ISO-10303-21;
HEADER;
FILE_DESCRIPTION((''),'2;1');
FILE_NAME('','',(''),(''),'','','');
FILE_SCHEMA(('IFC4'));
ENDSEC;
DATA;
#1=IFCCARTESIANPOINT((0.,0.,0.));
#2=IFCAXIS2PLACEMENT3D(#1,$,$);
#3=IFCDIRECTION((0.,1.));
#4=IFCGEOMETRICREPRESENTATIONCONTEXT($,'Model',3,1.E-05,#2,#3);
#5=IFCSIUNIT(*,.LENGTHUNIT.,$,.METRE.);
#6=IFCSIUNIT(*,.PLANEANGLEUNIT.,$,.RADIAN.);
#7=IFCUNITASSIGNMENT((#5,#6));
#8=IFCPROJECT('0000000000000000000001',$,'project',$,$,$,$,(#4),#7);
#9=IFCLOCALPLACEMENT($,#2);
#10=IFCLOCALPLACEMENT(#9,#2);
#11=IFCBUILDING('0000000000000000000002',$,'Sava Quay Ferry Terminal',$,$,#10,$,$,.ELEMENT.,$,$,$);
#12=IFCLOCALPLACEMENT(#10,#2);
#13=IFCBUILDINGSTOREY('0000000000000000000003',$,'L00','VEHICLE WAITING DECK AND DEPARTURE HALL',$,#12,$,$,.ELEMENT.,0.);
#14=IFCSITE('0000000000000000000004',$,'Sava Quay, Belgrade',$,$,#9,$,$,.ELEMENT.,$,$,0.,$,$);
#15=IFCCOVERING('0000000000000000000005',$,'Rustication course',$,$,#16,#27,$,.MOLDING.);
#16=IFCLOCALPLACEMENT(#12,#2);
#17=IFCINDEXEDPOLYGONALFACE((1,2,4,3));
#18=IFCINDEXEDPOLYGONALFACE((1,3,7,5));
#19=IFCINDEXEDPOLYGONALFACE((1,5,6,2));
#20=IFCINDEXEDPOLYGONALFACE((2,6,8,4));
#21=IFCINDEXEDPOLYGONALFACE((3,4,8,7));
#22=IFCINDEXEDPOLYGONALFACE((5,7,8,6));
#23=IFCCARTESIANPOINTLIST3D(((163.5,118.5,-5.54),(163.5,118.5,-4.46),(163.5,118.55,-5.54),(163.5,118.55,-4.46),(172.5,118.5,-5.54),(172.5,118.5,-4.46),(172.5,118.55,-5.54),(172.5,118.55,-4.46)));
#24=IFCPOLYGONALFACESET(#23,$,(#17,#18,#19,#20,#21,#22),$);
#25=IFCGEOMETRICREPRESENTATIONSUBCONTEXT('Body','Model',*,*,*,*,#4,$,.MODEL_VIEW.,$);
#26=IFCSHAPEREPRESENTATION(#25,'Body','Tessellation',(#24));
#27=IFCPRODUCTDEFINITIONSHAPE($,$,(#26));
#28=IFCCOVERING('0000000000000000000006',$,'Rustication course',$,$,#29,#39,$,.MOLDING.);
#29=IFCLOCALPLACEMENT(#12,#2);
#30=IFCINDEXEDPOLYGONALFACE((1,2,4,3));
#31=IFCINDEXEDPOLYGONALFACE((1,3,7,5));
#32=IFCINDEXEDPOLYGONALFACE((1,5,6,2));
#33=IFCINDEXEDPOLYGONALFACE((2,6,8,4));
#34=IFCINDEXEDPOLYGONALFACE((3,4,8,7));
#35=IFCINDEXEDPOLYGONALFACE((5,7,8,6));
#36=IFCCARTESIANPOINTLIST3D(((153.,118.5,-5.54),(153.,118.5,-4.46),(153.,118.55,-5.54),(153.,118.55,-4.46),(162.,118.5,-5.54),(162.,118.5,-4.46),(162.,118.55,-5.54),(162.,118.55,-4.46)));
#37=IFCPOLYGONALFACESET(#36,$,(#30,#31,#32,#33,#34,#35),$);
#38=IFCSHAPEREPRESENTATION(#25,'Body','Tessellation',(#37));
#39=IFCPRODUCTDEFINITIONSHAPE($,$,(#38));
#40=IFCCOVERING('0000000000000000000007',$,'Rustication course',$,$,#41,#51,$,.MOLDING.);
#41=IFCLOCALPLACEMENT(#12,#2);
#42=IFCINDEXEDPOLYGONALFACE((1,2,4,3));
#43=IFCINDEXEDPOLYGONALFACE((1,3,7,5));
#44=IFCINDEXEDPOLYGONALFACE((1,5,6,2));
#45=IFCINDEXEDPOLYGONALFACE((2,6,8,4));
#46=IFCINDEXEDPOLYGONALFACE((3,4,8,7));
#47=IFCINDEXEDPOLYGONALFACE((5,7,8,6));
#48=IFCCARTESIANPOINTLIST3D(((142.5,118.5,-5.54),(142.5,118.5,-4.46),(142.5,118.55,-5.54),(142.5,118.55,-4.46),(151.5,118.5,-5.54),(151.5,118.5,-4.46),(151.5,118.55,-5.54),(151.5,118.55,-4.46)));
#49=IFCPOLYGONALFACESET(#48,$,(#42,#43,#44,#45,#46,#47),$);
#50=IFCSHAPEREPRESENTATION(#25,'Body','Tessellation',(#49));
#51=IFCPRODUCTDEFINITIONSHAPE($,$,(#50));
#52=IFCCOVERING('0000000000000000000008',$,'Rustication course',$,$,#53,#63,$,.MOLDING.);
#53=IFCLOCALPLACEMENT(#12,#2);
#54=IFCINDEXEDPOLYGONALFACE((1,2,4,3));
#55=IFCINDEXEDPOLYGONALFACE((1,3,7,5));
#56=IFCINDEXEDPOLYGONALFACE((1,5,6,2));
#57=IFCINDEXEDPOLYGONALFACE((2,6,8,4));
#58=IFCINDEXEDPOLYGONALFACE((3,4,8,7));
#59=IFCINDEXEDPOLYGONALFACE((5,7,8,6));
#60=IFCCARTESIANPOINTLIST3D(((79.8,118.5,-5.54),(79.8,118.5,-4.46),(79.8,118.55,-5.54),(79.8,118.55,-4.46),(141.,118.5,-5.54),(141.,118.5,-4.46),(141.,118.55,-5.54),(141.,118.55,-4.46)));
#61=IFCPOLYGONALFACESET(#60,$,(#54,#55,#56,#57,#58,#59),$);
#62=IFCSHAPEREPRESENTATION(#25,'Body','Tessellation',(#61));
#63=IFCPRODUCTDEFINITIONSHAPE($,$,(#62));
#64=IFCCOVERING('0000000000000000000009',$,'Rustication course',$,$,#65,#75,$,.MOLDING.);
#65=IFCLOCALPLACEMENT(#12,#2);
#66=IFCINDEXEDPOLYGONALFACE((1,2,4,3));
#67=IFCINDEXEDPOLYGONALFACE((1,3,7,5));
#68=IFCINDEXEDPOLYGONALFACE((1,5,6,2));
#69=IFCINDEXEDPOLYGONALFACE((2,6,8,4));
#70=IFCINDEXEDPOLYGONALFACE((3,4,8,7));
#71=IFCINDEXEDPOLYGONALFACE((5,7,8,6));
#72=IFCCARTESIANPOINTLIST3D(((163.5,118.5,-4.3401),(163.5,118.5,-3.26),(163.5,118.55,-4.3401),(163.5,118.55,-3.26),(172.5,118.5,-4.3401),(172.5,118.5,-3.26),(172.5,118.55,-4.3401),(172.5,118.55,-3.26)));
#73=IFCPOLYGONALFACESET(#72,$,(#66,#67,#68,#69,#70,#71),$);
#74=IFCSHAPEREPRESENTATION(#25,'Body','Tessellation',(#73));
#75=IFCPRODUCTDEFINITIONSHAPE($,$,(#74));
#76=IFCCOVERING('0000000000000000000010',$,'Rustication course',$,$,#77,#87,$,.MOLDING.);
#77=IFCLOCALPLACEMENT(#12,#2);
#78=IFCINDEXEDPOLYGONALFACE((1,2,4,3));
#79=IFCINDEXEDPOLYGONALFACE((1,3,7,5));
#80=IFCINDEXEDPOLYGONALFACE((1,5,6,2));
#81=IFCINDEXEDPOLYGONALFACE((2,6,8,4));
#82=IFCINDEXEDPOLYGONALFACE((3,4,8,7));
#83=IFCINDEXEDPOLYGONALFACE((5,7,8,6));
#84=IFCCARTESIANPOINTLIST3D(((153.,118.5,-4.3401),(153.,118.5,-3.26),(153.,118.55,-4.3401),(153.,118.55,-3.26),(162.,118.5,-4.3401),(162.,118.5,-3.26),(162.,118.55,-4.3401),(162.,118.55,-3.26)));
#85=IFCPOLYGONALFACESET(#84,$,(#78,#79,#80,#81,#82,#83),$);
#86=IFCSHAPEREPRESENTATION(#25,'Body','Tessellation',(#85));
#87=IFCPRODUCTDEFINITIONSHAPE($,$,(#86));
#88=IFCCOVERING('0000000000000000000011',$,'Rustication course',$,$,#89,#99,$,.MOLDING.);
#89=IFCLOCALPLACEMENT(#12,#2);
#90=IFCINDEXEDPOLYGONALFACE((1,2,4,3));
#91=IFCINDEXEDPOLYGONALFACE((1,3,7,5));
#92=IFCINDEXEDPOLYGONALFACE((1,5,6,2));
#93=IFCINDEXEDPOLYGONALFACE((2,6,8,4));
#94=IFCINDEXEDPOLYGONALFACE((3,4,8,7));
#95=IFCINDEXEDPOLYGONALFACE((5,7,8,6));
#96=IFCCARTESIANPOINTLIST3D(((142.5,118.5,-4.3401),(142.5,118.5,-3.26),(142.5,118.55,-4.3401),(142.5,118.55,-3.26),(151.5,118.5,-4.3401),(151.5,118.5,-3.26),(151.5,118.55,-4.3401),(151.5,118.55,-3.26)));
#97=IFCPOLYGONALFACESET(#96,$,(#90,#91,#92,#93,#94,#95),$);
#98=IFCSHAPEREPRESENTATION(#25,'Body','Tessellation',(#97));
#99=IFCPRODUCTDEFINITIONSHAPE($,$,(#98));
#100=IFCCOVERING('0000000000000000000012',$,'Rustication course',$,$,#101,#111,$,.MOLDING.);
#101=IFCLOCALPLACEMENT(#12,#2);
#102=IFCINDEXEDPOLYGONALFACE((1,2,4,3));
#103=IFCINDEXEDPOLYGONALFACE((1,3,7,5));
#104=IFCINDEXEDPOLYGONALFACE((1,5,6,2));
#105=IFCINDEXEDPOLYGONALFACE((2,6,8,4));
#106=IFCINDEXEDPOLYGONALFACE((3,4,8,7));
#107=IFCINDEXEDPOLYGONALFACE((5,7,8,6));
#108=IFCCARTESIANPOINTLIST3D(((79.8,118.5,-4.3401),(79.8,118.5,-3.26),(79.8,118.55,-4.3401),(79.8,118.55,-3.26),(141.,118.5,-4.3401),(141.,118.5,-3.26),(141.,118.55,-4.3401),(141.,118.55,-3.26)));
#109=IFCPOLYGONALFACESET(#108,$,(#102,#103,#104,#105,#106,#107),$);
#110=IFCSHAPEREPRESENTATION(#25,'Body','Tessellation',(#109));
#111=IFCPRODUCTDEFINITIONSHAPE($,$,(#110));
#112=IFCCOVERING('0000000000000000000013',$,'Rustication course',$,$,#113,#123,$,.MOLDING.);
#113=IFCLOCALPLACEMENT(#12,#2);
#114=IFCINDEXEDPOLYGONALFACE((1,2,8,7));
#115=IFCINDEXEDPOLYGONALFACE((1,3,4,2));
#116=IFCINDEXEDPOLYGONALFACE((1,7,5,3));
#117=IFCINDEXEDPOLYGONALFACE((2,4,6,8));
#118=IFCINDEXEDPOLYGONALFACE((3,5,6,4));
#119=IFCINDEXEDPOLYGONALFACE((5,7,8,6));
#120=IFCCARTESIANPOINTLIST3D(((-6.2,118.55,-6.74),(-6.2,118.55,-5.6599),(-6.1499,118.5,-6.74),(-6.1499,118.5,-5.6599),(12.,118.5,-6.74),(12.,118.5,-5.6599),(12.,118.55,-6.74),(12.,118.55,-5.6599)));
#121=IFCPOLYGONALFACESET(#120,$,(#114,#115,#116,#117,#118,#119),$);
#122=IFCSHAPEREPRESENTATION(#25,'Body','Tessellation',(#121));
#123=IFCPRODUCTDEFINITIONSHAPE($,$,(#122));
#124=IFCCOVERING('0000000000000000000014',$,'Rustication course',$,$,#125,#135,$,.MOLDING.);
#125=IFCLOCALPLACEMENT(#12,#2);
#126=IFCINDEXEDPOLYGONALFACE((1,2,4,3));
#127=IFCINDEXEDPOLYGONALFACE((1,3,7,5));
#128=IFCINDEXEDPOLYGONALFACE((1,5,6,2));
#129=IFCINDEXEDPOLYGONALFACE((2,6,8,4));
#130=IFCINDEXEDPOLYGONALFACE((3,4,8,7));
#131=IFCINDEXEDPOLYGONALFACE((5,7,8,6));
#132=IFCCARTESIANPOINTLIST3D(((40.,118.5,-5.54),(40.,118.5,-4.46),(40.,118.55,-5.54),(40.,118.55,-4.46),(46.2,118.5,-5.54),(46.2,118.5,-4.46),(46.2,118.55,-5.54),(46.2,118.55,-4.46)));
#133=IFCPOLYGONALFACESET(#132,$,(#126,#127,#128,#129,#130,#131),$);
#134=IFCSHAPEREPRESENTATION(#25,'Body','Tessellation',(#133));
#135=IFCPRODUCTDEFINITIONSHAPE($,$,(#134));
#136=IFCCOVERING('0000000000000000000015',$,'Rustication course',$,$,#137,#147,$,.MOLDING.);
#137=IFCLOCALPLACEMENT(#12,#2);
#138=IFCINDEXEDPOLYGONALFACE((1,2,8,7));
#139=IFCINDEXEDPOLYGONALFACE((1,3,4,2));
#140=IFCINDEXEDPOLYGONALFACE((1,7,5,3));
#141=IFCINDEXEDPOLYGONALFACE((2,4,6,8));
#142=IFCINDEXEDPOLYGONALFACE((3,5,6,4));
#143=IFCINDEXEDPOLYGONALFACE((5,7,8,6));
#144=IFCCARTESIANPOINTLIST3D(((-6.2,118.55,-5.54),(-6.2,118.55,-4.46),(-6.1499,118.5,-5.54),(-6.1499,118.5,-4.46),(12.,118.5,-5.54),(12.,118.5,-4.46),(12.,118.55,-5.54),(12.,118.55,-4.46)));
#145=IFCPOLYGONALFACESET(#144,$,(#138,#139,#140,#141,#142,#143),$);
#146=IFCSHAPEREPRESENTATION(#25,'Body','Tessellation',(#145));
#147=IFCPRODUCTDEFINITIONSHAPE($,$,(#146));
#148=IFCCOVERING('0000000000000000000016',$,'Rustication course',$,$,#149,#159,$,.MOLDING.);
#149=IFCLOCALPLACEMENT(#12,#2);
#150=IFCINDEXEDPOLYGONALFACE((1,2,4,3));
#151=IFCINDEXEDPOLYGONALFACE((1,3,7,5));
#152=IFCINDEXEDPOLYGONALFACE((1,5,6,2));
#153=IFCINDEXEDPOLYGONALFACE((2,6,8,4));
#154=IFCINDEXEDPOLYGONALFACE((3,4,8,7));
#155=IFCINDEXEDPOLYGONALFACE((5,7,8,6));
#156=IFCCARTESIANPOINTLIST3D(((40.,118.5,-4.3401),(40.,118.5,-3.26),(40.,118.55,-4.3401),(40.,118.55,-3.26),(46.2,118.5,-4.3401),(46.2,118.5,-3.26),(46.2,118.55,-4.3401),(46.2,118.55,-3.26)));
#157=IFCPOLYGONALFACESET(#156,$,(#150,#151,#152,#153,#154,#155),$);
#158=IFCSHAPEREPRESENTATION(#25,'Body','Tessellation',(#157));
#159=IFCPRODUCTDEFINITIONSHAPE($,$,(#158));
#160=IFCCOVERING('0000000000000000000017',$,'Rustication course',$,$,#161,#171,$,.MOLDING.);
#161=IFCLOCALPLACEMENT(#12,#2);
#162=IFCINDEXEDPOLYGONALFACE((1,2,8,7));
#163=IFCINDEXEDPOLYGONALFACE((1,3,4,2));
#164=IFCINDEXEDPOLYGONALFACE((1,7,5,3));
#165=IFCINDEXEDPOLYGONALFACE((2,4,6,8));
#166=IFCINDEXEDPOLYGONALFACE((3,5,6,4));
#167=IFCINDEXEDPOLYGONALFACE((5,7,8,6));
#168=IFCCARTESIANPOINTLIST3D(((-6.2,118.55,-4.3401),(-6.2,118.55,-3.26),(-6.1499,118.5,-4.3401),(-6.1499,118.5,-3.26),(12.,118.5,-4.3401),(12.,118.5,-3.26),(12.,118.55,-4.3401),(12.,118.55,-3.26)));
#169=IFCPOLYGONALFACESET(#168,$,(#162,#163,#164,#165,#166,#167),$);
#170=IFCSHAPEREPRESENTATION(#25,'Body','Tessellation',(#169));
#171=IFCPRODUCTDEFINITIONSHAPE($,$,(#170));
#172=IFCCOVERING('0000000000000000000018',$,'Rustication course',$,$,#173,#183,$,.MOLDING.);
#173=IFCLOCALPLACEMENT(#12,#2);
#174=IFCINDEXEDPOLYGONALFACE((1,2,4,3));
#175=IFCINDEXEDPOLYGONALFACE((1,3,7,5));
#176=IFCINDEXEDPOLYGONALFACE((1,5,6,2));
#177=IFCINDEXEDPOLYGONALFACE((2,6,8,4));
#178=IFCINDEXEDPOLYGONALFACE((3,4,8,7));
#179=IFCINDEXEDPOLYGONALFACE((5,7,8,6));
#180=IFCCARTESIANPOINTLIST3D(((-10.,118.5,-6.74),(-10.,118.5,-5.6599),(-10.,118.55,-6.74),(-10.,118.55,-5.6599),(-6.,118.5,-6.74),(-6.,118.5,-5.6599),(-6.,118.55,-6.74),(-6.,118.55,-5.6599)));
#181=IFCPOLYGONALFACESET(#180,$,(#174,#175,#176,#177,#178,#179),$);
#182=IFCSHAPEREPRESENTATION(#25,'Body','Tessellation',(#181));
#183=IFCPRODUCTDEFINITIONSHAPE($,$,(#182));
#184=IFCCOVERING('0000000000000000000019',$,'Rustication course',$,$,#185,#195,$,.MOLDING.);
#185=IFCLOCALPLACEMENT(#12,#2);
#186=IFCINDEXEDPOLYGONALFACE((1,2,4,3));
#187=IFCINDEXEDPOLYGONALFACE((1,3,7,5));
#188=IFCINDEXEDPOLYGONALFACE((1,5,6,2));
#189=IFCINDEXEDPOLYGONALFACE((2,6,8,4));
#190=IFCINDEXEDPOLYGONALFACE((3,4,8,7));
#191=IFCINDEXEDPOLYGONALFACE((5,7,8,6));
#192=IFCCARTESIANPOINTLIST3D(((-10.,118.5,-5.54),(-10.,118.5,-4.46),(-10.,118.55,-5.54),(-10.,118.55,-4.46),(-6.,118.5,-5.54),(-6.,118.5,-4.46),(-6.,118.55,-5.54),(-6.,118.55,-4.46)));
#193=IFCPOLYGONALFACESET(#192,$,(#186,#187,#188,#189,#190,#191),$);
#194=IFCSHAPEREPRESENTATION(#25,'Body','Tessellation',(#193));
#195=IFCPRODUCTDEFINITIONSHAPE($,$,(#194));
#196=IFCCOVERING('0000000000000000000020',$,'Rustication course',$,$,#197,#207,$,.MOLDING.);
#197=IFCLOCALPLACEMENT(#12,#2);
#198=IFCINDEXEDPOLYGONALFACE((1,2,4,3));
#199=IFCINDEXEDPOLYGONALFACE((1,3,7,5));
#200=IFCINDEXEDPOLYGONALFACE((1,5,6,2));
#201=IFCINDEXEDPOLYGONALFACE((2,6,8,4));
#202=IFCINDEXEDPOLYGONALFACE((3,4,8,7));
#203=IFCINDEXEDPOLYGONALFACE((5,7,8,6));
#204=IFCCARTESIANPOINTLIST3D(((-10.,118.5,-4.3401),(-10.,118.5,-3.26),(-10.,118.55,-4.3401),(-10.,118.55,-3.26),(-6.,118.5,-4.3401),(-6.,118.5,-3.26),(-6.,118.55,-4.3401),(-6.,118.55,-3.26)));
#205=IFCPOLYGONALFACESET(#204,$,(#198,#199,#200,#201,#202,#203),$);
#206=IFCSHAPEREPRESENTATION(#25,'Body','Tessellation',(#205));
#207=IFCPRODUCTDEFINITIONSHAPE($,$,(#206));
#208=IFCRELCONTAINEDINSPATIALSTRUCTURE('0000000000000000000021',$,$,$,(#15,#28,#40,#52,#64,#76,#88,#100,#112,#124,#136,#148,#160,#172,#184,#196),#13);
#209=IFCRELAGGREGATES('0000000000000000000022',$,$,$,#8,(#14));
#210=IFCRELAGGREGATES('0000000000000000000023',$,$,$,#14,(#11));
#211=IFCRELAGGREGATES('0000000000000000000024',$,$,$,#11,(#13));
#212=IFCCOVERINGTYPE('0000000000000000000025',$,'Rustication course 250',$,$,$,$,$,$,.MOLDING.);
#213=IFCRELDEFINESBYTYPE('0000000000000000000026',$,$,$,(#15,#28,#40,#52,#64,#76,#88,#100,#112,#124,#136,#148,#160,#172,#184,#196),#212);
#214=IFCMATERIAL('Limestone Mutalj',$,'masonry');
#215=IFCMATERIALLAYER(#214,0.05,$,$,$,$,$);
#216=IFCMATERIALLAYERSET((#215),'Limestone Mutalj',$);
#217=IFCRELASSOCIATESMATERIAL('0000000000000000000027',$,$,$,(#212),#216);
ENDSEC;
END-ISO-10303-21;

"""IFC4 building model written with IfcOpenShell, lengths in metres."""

from ifc_helpers import new_model, si_unit, direction, frame, origin, place, context, subcontext, project, spatial, polyline, outline, extrude, material, layer, layer_set, type_object, element, save


model = new_model("IFC4")

# Units and contexts
model_context = context("Model", 3, precision=1e-05, world=origin(), true_north=direction((0.0, 1.0)))
body_context = subcontext(model_context, "Body", "Model", "MODEL_VIEW")
ifc_project = project(units=[si_unit("LENGTHUNIT", "METRE"), si_unit("PLANEANGLEUNIT", "RADIAN")], contexts=[model_context])

# Site, building, storey
site_placement = place(None, origin())
site = spatial("IfcSite", under=ifc_project, at=site_placement, Name="Sava Quay, Belgrade", CompositionType="ELEMENT", RefElevation=0.0)
building_placement = place(site_placement, origin())
building = spatial("IfcBuilding", under=site, at=building_placement, Name="Sava Quay Ferry Terminal", CompositionType="ELEMENT")
storey_placement = place(building_placement, origin())
storey = spatial("IfcBuildingStorey", under=building, at=storey_placement, Name="L00", Description="VEHICLE WAITING DECK AND DEPARTURE HALL", CompositionType="ELEMENT", Elevation=0.0)

# Coverings
ifc_material = material(Name="Limestone Mutalj", Category="masonry")
ifc_layer = layer(ifc_material, 0.05)
ifc_layer_set = layer_set([ifc_layer], Name="Limestone Mutalj")
covering_type = type_object("IfcCoveringType", Name="Rustication course 250", PredefinedType="MOLDING", material=ifc_layer_set)
covering_1_placement = place(storey_placement, frame((0.0, 0.0, -5.54)))
element("IfcCovering", 1, at=covering_1_placement, inside=storey, type_object=covering_type, Name="Rustication course", PredefinedType="MOLDING", context=body_context, shape_type="SweptSolid", body=[
    extrude(outline(polyline([(172.5, 118.55), (163.5, 118.55), (163.5, 118.5), (172.5, 118.5), (172.5, 118.55)])), origin(), (0.0, 0.0, 1.0), 1.0801),
])
covering_2_placement = place(storey_placement, frame((0.0, 0.0, -5.54)))
element("IfcCovering", 2, at=covering_2_placement, inside=storey, type_object=covering_type, Name="Rustication course", PredefinedType="MOLDING", context=body_context, shape_type="SweptSolid", body=[
    extrude(outline(polyline([(162.0, 118.55), (153.0, 118.55), (153.0, 118.5), (162.0, 118.5), (162.0, 118.55)])), origin(), (0.0, 0.0, 1.0), 1.0801),
])
covering_3_placement = place(storey_placement, frame((0.0, 0.0, -5.54)))
element("IfcCovering", 3, at=covering_3_placement, inside=storey, type_object=covering_type, Name="Rustication course", PredefinedType="MOLDING", context=body_context, shape_type="SweptSolid", body=[
    extrude(outline(polyline([(151.5, 118.55), (142.5, 118.55), (142.5, 118.5), (151.5, 118.5), (151.5, 118.55)])), origin(), (0.0, 0.0, 1.0), 1.0801),
])
covering_4_placement = place(storey_placement, frame((0.0, 0.0, -5.54)))
element("IfcCovering", 4, at=covering_4_placement, inside=storey, type_object=covering_type, Name="Rustication course", PredefinedType="MOLDING", context=body_context, shape_type="SweptSolid", body=[
    extrude(outline(polyline([(141.0, 118.55), (79.8, 118.55), (79.8, 118.5), (141.0, 118.5), (141.0, 118.55)])), origin(), (0.0, 0.0, 1.0), 1.0801),
])
covering_5_placement = place(storey_placement, frame((0.0, 0.0, -4.3401)))
element("IfcCovering", 5, at=covering_5_placement, inside=storey, type_object=covering_type, Name="Rustication course", PredefinedType="MOLDING", context=body_context, shape_type="SweptSolid", body=[
    extrude(outline(polyline([(172.5, 118.55), (163.5, 118.55), (163.5, 118.5), (172.5, 118.5), (172.5, 118.55)])), origin(), (0.0, 0.0, 1.0), 1.0801),
])
covering_6_placement = place(storey_placement, frame((0.0, 0.0, -4.3401)))
element("IfcCovering", 6, at=covering_6_placement, inside=storey, type_object=covering_type, Name="Rustication course", PredefinedType="MOLDING", context=body_context, shape_type="SweptSolid", body=[
    extrude(outline(polyline([(162.0, 118.55), (153.0, 118.55), (153.0, 118.5), (162.0, 118.5), (162.0, 118.55)])), origin(), (0.0, 0.0, 1.0), 1.0801),
])
covering_7_placement = place(storey_placement, frame((0.0, 0.0, -4.3401)))
element("IfcCovering", 7, at=covering_7_placement, inside=storey, type_object=covering_type, Name="Rustication course", PredefinedType="MOLDING", context=body_context, shape_type="SweptSolid", body=[
    extrude(outline(polyline([(151.5, 118.55), (142.5, 118.55), (142.5, 118.5), (151.5, 118.5), (151.5, 118.55)])), origin(), (0.0, 0.0, 1.0), 1.0801),
])
covering_8_placement = place(storey_placement, frame((0.0, 0.0, -4.3401)))
element("IfcCovering", 8, at=covering_8_placement, inside=storey, type_object=covering_type, Name="Rustication course", PredefinedType="MOLDING", context=body_context, shape_type="SweptSolid", body=[
    extrude(outline(polyline([(141.0, 118.55), (79.8, 118.55), (79.8, 118.5), (141.0, 118.5), (141.0, 118.55)])), origin(), (0.0, 0.0, 1.0), 1.0801),
])
covering_9_placement = place(storey_placement, frame((0.0, 0.0, -6.74)))
element("IfcCovering", 9, at=covering_9_placement, inside=storey, type_object=covering_type, Name="Rustication course", PredefinedType="MOLDING", context=body_context, shape_type="SweptSolid", body=[
    extrude(outline(polyline([(12.0, 118.55), (-6.2, 118.55), (-6.1499, 118.5), (12.0, 118.5), (12.0, 118.55)])), origin(), (0.0, 0.0, 1.0), 1.0801),
])
covering_10_placement = place(storey_placement, frame((0.0, 0.0, -5.54)))
element("IfcCovering", 10, at=covering_10_placement, inside=storey, type_object=covering_type, Name="Rustication course", PredefinedType="MOLDING", context=body_context, shape_type="SweptSolid", body=[
    extrude(outline(polyline([(46.2, 118.55), (40.0, 118.55), (40.0, 118.5), (46.2, 118.5), (46.2, 118.55)])), origin(), (0.0, 0.0, 1.0), 1.0801),
])
covering_11_placement = place(storey_placement, frame((0.0, 0.0, -5.54)))
element("IfcCovering", 11, at=covering_11_placement, inside=storey, type_object=covering_type, Name="Rustication course", PredefinedType="MOLDING", context=body_context, shape_type="SweptSolid", body=[
    extrude(outline(polyline([(12.0, 118.55), (-6.2, 118.55), (-6.1499, 118.5), (12.0, 118.5), (12.0, 118.55)])), origin(), (0.0, 0.0, 1.0), 1.0801),
])
covering_12_placement = place(storey_placement, frame((0.0, 0.0, -4.3401)))
element("IfcCovering", 12, at=covering_12_placement, inside=storey, type_object=covering_type, Name="Rustication course", PredefinedType="MOLDING", context=body_context, shape_type="SweptSolid", body=[
    extrude(outline(polyline([(46.2, 118.55), (40.0, 118.55), (40.0, 118.5), (46.2, 118.5), (46.2, 118.55)])), origin(), (0.0, 0.0, 1.0), 1.0801),
])
covering_13_placement = place(storey_placement, frame((0.0, 0.0, -4.3401)))
element("IfcCovering", 13, at=covering_13_placement, inside=storey, type_object=covering_type, Name="Rustication course", PredefinedType="MOLDING", context=body_context, shape_type="SweptSolid", body=[
    extrude(outline(polyline([(12.0, 118.55), (-6.2, 118.55), (-6.1499, 118.5), (12.0, 118.5), (12.0, 118.55)])), origin(), (0.0, 0.0, 1.0), 1.0801),
])
for number, where, name in (
    (14, (0.0, 0.0, -6.74), "Rustication course"),
    (15, (0.0, 0.0, -5.54), "Rustication course"),
    (16, (0.0, 0.0, -4.3401), "Rustication course"),
):
    element("IfcCovering", number, at=place(storey_placement, frame(where)), inside=storey, type_object=covering_type, Name=name, PredefinedType="MOLDING", context=body_context, shape_type="SweptSolid", body=[
        extrude(outline(polyline([(-6.0, 118.5), (-6.0, 118.55), (-10.0, 118.55), (-10.0, 118.5), (-6.0, 118.5)])), origin(), (0.0, 0.0, 1.0), 1.0801),
    ])

save(model, "model.ifc")
